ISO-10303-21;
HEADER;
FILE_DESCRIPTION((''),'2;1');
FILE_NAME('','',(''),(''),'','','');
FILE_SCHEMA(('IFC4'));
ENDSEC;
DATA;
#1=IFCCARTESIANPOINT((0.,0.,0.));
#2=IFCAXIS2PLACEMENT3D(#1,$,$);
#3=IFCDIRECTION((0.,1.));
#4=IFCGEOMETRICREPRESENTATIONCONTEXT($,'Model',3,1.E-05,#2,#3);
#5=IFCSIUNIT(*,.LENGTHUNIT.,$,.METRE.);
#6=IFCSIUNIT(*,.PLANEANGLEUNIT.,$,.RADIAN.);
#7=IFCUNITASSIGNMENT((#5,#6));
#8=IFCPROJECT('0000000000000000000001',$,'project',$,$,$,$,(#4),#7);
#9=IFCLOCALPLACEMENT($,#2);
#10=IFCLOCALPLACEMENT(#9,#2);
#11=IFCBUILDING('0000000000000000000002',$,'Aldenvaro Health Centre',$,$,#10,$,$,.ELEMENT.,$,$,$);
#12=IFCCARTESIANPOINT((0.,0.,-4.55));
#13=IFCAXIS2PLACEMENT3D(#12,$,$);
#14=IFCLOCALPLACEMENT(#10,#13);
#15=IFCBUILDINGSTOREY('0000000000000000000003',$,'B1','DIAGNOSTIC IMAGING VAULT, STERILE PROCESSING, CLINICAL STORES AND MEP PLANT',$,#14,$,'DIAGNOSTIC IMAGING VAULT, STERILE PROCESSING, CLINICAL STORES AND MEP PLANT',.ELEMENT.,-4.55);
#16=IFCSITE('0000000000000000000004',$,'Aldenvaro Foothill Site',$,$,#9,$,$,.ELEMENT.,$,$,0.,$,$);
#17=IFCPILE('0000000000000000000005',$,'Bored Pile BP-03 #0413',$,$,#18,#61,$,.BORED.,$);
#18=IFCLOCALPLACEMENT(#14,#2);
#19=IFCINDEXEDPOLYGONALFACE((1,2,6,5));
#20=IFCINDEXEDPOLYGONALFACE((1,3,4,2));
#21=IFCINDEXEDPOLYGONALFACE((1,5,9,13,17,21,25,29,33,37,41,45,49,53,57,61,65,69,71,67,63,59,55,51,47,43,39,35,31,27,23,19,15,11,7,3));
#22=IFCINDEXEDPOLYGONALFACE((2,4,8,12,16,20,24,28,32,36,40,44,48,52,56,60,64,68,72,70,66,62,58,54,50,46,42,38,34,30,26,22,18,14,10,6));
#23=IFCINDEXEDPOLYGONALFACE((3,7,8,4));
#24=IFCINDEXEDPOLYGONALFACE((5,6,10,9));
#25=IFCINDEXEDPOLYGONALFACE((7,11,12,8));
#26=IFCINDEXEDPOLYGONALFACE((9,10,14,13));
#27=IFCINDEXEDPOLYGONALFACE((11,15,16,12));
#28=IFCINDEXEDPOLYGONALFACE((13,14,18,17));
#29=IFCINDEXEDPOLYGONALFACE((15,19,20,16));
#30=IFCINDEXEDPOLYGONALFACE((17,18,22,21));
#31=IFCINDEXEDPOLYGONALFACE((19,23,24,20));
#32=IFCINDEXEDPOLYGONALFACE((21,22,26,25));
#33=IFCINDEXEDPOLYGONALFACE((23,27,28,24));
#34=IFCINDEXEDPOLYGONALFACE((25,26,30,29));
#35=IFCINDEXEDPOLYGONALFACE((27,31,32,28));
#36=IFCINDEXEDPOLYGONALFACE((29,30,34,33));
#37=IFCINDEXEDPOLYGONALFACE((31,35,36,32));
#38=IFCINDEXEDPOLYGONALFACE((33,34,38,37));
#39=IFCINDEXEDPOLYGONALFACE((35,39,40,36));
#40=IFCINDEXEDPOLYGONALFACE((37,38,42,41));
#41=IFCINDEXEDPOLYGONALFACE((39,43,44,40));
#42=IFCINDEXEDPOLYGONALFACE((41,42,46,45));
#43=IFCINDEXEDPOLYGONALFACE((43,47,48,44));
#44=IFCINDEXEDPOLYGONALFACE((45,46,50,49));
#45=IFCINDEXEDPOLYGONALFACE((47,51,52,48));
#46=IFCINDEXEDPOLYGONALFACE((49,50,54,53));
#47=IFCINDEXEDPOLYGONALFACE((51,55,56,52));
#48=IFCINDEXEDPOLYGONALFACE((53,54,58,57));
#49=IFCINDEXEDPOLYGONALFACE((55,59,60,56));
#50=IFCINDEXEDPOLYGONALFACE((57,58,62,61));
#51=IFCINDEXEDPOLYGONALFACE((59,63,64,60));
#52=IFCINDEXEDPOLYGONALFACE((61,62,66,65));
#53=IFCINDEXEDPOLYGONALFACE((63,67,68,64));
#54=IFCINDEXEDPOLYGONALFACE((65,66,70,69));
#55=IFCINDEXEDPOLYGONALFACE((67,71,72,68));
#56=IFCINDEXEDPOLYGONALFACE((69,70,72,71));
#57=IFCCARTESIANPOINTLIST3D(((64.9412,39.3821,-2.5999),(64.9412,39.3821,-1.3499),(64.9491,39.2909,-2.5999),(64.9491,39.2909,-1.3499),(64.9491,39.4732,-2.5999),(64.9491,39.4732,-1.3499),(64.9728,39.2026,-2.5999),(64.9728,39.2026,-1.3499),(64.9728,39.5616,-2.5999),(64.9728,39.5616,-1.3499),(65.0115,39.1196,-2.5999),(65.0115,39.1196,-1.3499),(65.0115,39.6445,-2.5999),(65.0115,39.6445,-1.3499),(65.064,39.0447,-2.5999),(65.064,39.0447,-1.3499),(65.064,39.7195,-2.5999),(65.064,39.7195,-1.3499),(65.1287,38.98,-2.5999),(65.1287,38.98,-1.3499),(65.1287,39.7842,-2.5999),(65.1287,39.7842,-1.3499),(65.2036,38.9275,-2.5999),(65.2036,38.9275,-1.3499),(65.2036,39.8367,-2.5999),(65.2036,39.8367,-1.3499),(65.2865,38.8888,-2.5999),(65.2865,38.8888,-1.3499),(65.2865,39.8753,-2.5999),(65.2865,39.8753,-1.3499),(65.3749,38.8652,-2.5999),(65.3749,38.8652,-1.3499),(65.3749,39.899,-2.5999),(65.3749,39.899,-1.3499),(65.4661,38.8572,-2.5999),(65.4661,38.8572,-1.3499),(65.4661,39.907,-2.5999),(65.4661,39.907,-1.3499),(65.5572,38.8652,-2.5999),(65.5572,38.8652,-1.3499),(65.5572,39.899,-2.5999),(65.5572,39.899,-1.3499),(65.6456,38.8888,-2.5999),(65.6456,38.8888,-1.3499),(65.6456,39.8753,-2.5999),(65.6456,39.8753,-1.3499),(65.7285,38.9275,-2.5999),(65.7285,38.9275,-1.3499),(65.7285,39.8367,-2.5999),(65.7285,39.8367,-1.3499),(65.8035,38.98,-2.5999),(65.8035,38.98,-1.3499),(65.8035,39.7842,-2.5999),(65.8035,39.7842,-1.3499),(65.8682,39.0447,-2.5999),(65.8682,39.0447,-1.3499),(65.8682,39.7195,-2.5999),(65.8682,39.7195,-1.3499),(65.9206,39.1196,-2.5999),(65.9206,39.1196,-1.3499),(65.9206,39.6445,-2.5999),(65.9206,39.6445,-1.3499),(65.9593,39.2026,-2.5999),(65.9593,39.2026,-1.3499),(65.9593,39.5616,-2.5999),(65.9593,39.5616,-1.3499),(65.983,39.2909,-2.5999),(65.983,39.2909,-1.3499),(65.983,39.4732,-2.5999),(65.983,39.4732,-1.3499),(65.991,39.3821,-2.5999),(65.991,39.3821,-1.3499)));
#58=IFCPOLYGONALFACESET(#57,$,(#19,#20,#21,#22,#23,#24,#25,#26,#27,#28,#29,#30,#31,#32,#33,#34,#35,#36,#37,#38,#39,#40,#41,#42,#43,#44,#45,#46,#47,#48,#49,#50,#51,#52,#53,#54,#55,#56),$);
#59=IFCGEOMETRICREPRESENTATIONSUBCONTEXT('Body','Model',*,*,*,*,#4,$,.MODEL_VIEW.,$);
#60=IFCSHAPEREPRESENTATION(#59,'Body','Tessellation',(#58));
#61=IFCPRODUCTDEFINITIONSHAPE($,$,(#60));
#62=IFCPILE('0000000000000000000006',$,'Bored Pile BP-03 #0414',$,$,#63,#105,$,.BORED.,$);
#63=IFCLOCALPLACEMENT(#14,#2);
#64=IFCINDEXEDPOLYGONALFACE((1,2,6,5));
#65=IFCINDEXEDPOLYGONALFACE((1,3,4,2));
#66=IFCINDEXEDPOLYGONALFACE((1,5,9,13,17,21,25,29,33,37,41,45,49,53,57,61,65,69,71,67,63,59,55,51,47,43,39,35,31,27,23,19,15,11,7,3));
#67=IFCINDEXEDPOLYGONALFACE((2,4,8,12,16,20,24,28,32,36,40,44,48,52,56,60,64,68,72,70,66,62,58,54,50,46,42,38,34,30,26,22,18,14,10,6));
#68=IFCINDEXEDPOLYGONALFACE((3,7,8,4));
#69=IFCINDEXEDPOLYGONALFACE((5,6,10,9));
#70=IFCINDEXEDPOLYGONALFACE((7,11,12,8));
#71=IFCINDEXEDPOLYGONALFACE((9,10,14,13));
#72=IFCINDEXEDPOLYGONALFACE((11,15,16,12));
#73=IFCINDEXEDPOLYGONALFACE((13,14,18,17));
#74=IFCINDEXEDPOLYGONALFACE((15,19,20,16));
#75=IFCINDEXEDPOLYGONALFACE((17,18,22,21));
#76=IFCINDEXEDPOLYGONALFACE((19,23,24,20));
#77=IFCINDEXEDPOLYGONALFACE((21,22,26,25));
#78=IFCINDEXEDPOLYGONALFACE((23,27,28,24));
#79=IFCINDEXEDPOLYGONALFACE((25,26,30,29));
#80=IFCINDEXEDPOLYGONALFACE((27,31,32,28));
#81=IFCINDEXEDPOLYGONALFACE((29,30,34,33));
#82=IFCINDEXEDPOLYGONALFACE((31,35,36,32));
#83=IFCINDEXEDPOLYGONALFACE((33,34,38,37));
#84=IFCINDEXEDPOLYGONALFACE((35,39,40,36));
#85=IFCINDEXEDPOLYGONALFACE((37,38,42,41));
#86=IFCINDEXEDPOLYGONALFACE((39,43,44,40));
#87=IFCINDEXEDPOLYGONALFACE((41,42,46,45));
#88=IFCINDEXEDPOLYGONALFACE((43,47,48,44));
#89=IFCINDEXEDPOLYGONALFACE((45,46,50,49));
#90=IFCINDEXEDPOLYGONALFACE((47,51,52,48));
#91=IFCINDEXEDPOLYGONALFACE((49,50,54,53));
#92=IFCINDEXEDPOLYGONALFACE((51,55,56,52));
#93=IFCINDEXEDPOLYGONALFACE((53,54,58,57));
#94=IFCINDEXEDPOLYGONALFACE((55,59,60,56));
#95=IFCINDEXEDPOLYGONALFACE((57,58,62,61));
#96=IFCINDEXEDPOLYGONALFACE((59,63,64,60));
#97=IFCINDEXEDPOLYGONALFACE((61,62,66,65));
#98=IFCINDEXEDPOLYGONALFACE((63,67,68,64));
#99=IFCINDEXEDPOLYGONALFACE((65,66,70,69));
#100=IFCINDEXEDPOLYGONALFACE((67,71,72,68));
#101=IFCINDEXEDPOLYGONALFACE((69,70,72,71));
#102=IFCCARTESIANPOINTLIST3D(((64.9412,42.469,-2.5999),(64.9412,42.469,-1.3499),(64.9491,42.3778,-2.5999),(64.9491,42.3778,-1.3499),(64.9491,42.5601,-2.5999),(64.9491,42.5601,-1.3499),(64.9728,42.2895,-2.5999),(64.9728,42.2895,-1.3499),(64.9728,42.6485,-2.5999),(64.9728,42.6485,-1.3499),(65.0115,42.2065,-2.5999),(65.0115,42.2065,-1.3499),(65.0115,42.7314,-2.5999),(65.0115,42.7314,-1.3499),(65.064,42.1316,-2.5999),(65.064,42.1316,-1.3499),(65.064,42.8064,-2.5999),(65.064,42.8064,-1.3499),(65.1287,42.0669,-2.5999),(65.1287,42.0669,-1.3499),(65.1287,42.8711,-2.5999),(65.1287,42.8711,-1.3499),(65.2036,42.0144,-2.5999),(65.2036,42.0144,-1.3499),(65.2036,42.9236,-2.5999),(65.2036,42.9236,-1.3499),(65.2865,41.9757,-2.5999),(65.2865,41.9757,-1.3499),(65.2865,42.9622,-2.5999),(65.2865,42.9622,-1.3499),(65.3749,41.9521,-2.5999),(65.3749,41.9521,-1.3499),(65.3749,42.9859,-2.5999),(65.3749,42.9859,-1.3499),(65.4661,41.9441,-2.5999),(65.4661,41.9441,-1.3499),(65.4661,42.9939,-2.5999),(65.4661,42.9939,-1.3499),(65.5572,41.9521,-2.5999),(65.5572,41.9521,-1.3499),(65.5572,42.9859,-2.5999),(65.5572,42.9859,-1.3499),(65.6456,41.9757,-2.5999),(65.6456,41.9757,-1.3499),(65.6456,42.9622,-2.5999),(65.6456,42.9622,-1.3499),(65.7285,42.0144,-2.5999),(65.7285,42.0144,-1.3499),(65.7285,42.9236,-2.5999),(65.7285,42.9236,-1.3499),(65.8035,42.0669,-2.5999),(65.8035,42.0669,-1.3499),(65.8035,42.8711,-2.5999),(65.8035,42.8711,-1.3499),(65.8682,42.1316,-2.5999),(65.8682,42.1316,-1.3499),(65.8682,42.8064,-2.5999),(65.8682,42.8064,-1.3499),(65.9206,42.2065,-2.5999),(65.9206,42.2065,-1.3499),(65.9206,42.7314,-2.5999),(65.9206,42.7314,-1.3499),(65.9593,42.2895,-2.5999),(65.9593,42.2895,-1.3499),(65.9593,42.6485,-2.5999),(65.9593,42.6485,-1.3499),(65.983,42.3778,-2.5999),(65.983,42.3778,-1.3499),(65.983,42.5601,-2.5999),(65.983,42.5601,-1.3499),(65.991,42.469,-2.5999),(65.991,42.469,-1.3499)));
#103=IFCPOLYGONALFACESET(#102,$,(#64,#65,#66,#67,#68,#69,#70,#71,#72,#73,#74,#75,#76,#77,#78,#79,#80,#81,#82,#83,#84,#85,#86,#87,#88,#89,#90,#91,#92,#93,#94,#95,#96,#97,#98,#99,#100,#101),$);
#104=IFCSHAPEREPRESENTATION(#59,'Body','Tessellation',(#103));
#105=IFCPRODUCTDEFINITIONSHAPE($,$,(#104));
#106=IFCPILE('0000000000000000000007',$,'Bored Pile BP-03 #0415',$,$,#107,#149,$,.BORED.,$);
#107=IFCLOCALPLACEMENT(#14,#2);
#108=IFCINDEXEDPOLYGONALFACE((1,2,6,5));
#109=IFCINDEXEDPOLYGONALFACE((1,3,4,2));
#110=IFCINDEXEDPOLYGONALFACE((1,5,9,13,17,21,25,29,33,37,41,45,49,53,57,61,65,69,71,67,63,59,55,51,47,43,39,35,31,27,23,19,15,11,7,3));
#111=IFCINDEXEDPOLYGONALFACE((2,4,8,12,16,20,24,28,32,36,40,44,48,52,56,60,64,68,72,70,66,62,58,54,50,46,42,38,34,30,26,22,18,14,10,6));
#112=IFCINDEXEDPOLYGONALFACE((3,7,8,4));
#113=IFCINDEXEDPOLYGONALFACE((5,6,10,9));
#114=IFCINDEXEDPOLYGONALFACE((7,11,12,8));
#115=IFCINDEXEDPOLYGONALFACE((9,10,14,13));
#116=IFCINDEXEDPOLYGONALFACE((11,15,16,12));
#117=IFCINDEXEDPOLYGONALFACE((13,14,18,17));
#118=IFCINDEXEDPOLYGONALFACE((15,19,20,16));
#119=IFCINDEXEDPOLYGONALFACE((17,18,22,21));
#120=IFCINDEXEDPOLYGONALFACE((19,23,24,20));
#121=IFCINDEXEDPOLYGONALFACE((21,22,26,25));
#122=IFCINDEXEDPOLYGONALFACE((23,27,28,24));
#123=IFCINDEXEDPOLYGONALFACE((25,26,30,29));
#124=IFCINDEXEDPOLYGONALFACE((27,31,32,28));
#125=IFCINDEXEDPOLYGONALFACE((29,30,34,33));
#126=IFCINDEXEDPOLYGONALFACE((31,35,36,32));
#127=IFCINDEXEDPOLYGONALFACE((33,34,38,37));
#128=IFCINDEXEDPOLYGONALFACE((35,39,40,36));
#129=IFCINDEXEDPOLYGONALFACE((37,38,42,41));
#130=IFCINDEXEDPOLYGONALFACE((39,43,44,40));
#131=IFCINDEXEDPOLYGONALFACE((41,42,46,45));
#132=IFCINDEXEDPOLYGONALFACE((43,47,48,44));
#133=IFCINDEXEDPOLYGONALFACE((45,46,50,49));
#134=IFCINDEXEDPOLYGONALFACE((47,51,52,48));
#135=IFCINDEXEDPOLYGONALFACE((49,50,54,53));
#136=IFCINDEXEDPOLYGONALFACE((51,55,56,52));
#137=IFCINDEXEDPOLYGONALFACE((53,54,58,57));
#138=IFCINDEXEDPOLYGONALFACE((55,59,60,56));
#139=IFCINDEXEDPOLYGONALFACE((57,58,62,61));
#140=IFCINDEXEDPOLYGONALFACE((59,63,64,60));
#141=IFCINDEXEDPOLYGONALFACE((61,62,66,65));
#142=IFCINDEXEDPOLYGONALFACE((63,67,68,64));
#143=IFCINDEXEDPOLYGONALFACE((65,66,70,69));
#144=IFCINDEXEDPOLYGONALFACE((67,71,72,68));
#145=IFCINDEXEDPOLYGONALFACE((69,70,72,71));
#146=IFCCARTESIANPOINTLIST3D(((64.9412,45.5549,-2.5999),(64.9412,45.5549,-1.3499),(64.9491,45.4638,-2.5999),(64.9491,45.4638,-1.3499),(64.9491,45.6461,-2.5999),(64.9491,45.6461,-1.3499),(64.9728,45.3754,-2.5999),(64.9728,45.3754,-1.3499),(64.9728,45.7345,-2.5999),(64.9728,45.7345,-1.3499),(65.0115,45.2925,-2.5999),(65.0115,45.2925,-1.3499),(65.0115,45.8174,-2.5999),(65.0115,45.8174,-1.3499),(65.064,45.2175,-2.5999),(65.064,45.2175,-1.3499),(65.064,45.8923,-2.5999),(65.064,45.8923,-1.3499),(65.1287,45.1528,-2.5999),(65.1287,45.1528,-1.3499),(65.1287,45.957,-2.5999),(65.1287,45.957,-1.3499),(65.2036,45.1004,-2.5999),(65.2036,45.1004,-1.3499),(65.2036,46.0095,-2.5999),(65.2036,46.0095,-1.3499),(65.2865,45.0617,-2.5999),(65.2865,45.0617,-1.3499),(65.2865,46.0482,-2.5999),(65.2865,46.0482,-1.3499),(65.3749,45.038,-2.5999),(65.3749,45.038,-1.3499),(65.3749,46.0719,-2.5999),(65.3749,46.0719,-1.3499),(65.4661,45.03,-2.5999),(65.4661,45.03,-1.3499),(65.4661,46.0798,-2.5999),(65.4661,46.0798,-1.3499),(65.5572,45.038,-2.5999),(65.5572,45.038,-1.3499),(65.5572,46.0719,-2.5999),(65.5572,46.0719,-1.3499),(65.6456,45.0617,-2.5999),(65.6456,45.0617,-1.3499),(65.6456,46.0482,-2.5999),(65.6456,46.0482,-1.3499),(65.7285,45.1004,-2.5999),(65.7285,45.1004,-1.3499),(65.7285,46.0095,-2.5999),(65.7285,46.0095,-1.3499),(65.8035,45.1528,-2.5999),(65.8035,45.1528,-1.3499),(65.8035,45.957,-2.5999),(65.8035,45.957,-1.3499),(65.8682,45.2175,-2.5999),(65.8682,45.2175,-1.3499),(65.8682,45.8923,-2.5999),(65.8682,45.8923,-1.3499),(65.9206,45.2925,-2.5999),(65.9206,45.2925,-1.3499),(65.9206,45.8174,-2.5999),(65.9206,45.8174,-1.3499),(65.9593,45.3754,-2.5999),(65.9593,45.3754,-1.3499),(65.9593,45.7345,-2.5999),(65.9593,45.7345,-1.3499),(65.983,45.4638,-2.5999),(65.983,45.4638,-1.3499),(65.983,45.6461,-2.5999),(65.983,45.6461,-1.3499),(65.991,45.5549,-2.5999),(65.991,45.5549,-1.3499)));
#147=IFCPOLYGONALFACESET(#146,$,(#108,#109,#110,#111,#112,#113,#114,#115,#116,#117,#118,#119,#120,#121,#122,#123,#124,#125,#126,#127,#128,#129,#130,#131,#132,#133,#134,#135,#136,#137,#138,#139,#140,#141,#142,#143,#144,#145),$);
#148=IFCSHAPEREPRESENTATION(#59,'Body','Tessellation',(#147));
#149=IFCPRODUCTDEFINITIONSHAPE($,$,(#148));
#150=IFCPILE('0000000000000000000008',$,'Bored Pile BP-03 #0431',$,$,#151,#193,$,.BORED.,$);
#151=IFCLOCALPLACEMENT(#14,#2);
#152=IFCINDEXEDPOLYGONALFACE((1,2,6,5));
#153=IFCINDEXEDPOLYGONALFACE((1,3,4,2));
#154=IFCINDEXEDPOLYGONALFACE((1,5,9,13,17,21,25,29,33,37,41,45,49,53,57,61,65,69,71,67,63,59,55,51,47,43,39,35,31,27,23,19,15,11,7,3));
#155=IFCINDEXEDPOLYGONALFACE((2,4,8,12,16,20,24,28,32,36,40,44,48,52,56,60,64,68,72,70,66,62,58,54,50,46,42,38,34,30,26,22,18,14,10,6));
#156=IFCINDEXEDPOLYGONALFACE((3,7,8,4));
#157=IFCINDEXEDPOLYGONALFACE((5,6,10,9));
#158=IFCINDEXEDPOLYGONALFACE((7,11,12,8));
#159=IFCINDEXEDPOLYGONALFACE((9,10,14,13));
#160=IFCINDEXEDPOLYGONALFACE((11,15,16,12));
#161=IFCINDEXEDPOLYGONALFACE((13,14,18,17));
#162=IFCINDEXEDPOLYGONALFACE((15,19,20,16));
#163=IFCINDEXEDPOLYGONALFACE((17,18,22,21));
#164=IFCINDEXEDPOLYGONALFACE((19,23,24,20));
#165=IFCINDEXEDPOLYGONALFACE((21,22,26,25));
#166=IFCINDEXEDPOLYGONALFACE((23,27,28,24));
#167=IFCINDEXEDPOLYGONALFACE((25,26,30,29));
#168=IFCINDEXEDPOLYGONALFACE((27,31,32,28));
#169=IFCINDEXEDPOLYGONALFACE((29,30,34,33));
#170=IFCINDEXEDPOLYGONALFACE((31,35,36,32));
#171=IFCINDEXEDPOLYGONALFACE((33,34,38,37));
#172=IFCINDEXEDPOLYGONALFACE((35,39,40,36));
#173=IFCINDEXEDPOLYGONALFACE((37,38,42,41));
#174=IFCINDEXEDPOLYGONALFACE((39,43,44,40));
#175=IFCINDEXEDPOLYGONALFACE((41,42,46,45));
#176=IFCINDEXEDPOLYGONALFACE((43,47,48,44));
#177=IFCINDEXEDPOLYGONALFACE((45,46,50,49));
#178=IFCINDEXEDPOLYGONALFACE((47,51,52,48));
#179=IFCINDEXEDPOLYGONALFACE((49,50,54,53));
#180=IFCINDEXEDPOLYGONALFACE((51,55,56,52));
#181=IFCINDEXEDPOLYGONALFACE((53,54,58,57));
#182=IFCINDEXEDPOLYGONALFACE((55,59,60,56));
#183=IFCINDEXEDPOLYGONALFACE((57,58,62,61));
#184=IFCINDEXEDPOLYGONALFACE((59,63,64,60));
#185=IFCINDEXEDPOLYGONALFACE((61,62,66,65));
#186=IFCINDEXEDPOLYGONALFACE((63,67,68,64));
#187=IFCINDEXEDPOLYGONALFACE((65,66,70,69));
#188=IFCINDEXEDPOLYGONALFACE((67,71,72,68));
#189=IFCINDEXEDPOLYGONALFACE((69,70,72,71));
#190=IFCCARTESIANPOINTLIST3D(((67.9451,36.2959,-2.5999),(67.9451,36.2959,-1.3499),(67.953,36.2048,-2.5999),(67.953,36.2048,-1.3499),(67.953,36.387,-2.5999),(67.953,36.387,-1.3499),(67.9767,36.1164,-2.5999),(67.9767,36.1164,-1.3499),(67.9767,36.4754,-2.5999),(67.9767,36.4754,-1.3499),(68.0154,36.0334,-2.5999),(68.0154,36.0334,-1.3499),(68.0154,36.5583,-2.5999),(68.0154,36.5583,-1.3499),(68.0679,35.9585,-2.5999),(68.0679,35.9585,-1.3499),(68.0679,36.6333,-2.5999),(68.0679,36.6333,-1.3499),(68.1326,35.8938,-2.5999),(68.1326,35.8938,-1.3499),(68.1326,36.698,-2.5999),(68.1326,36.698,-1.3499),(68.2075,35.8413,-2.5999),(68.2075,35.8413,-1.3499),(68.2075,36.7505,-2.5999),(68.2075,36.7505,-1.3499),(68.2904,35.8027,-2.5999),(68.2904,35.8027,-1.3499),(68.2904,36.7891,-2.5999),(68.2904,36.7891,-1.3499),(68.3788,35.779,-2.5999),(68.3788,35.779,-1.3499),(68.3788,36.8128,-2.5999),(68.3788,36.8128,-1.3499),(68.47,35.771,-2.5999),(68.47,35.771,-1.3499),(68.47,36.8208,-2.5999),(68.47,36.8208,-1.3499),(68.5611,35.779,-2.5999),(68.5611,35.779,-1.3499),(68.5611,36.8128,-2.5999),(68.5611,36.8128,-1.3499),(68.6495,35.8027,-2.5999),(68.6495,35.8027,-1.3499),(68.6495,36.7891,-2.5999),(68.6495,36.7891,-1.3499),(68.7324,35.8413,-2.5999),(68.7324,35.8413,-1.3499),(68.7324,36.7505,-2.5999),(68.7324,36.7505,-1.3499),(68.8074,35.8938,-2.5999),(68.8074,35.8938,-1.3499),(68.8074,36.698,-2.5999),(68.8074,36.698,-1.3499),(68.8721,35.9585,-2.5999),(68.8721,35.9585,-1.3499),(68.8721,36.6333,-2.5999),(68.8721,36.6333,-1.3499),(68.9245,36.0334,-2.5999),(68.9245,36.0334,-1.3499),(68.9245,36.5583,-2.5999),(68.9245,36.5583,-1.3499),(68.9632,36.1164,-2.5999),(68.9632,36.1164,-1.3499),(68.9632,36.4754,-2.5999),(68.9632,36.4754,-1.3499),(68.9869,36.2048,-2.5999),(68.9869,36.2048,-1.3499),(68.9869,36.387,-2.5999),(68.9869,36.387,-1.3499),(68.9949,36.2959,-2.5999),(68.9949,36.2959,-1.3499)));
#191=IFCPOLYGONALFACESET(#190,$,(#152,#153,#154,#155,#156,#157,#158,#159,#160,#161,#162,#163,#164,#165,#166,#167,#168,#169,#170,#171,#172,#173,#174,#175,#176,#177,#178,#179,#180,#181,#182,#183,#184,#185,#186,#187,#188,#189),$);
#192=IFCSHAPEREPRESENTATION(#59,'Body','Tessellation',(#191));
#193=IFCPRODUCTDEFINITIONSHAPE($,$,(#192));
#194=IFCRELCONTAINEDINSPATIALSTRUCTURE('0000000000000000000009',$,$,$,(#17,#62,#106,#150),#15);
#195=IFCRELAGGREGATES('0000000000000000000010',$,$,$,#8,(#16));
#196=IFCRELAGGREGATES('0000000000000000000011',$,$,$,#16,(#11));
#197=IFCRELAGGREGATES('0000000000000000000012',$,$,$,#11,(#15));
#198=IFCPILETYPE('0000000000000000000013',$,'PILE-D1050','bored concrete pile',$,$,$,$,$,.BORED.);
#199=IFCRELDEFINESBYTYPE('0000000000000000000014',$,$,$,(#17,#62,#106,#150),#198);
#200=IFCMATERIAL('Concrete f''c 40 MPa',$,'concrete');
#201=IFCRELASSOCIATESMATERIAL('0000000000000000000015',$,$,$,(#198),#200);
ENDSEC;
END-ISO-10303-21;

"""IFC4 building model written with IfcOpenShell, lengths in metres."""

from ifc_helpers import new_model, si_unit, direction, frame, origin, origin_2d, place, context, subcontext, project, spatial, circle, extrude, material, material_profile, profile_set, type_object, element, save


model = new_model("IFC4")

# Units and contexts
model_context = context("Model", 3, precision=1e-05, world=origin(), true_north=direction((0.0, 1.0)))
body_context = subcontext(model_context, "Body", "Model", "MODEL_VIEW")
ifc_project = project(units=[si_unit("LENGTHUNIT", "METRE"), si_unit("PLANEANGLEUNIT", "RADIAN")], contexts=[model_context])

# Site, building, storey
site_placement = place(None, origin())
site = spatial("IfcSite", under=ifc_project, at=site_placement, Name="Aldenvaro Foothill Site", CompositionType="ELEMENT", RefElevation=0.0)
building_placement = place(site_placement, origin())
building = spatial("IfcBuilding", under=site, at=building_placement, Name="Aldenvaro Health Centre", CompositionType="ELEMENT")
storey_placement = place(building_placement, frame((0.0, 0.0, -4.55)))
storey = spatial("IfcBuildingStorey", under=building, at=storey_placement, Name="B1", Description="DIAGNOSTIC IMAGING VAULT, STERILE PROCESSING, CLINICAL STORES AND MEP PLANT", LongName="DIAGNOSTIC IMAGING VAULT, STERILE PROCESSING, CLINICAL STORES AND MEP PLANT", CompositionType="ELEMENT", Elevation=-4.55)

# Piles
ifc_material = material(Name="Concrete f'c 40 MPa", Category="concrete")
ifc_material_profile_1 = material_profile(ifc_material, circle(Radius=0.5249, at=origin_2d()), Name="PILE D1050", Category="concrete")
ifc_profile_set_1 = profile_set([ifc_material_profile_1], Name="Concrete f'c 40 MPa")
pile_type = type_object("IfcPileType", Name="PILE-D1050", Description="bored concrete pile", PredefinedType="BORED", material=ifc_profile_set_1)
for number, where, z_axis, x_axis, name in (
    (1, (65.4661, 39.3821, -1.3499), (0.0, 0.0, -1.0), (1.0, 0.0, 0.0), "Bored Pile BP-03 #0413"),
    (2, (65.4661, 42.469, -1.3499), (0.0, 0.0, -1.0), (1.0, 0.0, 0.0), "Bored Pile BP-03 #0414"),
    (3, (65.4661, 45.5549, -1.3499), (0.0, 0.0, -1.0), (1.0, 0.0, 0.0), "Bored Pile BP-03 #0415"),
    (4, (68.47, 36.2959, -1.3499), (0.0, 0.0, -1.0), (1.0, 0.0, 0.0), "Bored Pile BP-03 #0431"),
):
    element("IfcPile", number, at=place(storey_placement, frame(where, z_axis=z_axis, x_axis=x_axis)), inside=storey, type_object=pile_type, Name=name, PredefinedType="BORED", context=body_context, shape_type="SweptSolid", body=[
        extrude(circle(Radius=0.5249, at=origin_2d()), origin(), (0.0, 0.0, 1.0), 1.25),
    ])

save(model, "model.ifc")
